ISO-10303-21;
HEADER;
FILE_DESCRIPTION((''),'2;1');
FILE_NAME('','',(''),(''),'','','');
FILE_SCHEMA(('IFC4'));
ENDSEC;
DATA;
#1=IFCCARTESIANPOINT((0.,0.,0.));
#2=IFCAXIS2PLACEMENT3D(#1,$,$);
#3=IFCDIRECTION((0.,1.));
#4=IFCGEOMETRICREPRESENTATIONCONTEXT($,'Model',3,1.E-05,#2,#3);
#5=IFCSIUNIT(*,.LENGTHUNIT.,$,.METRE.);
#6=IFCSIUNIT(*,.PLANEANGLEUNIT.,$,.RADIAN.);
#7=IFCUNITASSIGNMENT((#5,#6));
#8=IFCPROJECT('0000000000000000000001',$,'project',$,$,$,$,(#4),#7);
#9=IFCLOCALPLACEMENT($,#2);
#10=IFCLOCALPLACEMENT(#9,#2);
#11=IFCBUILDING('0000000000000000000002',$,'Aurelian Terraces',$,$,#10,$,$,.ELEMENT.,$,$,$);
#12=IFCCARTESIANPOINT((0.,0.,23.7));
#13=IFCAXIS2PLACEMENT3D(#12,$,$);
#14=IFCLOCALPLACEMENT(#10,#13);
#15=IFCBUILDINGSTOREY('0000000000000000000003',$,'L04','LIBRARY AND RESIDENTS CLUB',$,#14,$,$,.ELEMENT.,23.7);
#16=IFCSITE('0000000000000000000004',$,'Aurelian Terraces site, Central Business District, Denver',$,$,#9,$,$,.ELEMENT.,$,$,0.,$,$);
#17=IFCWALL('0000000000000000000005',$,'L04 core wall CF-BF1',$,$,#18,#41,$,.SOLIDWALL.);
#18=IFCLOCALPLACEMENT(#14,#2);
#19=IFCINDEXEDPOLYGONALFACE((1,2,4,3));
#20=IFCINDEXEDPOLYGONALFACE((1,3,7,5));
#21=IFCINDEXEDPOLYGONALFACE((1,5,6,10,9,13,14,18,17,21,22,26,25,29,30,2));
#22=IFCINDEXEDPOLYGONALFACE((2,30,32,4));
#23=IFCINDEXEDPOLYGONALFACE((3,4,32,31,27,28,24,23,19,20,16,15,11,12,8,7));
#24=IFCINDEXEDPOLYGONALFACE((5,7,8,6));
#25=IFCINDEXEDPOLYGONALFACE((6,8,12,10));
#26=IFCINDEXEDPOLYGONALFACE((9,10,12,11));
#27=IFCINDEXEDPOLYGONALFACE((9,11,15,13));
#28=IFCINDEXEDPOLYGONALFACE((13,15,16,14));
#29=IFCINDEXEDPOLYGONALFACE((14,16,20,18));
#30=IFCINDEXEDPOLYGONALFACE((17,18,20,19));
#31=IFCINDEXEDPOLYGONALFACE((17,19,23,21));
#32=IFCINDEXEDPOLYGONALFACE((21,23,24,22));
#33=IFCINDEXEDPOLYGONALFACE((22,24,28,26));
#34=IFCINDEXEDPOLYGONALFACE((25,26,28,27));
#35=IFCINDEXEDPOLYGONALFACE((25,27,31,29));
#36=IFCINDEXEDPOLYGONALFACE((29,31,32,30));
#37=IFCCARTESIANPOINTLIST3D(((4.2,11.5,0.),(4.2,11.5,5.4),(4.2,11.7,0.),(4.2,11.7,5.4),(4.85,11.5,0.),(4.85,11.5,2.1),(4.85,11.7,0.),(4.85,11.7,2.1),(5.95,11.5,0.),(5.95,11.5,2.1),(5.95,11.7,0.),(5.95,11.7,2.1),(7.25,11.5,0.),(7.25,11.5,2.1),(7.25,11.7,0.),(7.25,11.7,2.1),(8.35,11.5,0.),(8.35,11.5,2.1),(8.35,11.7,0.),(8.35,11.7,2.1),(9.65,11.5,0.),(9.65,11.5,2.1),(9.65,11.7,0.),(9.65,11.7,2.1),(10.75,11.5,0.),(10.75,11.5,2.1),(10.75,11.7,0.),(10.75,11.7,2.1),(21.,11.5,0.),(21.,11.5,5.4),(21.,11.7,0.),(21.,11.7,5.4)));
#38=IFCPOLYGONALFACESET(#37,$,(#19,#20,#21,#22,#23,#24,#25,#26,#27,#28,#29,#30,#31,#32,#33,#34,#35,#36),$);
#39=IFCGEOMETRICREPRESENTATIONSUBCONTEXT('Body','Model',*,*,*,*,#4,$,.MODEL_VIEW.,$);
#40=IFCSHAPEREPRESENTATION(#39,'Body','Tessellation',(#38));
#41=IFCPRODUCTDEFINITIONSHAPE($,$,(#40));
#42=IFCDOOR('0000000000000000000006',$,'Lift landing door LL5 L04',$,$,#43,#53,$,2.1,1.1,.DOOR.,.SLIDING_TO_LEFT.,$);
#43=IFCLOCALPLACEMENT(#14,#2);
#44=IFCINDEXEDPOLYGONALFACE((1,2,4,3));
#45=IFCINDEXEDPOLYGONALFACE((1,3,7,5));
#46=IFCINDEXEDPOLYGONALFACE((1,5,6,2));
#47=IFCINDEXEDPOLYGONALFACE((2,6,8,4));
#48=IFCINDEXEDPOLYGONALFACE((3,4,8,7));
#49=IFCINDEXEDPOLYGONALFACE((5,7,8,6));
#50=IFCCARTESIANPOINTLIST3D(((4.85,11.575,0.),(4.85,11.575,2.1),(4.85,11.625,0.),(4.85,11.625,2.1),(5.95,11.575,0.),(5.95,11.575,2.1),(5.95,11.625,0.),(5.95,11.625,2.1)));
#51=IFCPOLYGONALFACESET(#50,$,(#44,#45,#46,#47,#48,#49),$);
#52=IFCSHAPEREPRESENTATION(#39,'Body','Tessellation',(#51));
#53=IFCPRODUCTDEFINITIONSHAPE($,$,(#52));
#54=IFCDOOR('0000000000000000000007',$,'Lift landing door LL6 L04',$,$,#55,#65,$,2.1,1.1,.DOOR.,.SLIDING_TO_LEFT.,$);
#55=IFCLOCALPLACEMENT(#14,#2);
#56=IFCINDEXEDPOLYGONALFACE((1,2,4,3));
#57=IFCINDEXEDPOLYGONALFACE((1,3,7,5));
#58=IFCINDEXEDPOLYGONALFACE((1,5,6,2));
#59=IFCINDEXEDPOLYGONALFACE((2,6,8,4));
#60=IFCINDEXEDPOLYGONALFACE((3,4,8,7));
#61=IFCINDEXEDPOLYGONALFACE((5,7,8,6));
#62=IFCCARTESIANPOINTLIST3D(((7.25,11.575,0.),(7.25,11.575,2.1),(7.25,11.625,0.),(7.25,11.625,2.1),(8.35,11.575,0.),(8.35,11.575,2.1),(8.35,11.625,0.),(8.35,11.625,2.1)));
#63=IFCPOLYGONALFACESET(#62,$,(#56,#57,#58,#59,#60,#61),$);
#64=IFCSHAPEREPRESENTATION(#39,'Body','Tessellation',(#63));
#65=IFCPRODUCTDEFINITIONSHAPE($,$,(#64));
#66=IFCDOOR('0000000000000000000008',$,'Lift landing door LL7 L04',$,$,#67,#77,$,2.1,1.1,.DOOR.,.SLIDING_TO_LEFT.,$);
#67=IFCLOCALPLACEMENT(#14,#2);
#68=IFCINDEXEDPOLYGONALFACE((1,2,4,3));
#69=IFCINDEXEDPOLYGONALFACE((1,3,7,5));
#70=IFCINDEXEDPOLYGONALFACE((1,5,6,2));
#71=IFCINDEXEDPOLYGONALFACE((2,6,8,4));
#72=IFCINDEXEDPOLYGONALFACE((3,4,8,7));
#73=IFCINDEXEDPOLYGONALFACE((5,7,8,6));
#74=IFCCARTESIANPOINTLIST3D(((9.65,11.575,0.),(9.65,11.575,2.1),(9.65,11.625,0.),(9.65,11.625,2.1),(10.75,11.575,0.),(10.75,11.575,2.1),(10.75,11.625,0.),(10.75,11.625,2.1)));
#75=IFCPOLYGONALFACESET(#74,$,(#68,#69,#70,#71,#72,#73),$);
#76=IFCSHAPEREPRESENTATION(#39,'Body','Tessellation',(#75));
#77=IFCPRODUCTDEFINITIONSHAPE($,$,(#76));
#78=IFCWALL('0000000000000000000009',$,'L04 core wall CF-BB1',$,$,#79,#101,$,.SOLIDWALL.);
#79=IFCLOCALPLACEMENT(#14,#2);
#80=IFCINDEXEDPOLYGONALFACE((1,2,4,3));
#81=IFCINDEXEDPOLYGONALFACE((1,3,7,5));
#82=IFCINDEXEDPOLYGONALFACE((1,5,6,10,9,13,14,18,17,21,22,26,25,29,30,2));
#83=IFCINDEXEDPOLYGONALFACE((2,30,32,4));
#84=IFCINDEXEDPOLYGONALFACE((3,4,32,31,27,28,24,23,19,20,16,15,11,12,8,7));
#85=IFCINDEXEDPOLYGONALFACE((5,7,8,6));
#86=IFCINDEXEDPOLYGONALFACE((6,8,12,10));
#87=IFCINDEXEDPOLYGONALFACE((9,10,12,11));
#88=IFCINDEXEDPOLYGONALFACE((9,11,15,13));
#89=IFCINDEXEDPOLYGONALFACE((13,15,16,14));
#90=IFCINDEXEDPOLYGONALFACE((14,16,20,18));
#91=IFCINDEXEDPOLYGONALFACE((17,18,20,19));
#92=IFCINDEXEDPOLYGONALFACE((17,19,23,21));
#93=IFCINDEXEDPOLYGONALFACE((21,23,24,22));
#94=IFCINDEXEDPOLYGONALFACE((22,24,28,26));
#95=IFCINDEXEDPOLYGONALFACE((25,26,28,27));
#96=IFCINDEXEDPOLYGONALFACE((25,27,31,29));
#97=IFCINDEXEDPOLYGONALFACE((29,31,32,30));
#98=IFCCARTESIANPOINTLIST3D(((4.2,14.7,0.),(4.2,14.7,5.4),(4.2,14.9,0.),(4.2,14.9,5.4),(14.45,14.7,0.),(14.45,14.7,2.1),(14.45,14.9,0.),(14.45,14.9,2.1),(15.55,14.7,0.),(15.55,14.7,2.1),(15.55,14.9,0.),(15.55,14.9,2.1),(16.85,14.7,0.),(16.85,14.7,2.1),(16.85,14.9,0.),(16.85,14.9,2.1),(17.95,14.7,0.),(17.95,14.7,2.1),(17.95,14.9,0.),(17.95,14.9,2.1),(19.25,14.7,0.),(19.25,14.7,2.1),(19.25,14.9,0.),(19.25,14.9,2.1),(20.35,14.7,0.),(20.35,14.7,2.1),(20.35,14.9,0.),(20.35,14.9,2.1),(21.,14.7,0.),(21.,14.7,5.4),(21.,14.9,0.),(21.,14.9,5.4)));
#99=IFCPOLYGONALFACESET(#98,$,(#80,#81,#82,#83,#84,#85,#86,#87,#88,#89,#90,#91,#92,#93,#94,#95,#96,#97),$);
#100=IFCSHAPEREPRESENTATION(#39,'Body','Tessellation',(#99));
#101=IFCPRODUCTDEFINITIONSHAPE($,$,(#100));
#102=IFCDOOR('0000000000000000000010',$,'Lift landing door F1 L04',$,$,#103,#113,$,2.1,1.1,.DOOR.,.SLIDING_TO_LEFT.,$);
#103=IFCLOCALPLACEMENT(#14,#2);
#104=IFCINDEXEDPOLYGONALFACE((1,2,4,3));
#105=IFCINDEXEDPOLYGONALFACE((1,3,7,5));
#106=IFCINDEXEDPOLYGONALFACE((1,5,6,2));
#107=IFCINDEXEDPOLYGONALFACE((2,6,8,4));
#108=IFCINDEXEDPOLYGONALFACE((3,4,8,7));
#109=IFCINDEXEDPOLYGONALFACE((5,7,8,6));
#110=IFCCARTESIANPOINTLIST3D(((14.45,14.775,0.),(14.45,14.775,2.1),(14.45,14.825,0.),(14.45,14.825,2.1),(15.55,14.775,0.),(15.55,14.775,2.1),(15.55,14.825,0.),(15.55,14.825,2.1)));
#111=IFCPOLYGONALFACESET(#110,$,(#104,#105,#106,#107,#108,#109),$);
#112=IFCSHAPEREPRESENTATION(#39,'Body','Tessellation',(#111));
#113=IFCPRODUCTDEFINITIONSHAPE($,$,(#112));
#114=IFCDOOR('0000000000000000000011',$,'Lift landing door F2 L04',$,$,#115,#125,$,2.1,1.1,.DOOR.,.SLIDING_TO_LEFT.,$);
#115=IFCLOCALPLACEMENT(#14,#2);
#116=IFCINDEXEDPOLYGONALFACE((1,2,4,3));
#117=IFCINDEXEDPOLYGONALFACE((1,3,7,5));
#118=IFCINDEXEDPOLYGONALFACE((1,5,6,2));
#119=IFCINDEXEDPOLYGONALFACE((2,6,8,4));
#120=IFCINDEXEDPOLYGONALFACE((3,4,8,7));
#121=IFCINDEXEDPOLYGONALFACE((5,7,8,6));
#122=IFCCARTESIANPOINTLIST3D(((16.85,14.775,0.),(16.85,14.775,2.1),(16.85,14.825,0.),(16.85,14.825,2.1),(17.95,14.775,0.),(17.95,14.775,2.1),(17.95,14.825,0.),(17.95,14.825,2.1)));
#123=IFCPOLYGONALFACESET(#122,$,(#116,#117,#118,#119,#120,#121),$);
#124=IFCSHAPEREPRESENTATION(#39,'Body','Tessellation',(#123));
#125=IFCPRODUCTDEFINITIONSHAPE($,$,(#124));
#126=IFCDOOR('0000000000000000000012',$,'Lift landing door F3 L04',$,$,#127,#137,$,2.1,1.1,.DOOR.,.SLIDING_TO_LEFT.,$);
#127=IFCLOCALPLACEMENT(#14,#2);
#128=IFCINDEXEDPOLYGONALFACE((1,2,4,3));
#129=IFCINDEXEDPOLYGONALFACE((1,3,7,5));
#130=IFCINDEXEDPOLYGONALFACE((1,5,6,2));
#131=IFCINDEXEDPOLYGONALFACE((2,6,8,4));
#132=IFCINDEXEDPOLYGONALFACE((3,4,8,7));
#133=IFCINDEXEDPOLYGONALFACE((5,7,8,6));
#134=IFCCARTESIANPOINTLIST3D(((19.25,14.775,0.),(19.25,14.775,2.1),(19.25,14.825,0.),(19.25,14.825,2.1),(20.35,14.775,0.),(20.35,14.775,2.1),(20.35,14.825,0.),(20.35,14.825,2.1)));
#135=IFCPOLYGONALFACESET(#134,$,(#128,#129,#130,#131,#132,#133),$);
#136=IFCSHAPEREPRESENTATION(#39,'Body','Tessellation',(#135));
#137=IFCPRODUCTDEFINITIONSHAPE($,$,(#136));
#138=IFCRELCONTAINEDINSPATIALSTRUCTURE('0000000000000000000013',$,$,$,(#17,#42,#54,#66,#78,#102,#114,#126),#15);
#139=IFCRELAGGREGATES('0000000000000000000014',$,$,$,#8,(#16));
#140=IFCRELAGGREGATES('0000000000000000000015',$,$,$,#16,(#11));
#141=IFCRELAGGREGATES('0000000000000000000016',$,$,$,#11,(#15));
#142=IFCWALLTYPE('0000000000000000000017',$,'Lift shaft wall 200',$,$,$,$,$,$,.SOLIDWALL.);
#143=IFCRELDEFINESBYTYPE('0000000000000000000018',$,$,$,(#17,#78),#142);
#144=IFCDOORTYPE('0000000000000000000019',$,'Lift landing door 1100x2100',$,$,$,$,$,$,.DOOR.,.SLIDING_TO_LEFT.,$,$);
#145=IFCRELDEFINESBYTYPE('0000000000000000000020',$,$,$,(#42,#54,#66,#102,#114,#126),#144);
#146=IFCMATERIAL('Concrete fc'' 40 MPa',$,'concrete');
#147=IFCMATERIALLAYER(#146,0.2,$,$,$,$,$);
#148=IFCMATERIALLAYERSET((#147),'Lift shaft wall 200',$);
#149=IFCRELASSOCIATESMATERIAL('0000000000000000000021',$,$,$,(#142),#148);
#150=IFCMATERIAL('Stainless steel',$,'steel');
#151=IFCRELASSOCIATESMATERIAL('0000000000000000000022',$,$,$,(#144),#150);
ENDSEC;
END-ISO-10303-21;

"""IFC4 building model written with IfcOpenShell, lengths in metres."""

from ifc_helpers import new_model, si_unit, direction, frame, frame_2d, origin, place, context, subcontext, project, spatial, rectangle, extrude, source, transform, mapped, material, layer, layer_set, type_object, element, fill, save


model = new_model("IFC4")

# Units and contexts
model_context = context("Model", 3, precision=1e-05, world=origin(), true_north=direction((0.0, 1.0)))
body_context = subcontext(model_context, "Body", "Model", "MODEL_VIEW")
ifc_project = project(units=[si_unit("LENGTHUNIT", "METRE"), si_unit("PLANEANGLEUNIT", "RADIAN")], contexts=[model_context])

# Site, building, storey
site_placement = place(None, origin())
site = spatial("IfcSite", under=ifc_project, at=site_placement, Name="Aurelian Terraces site, Central Business District, Denver", CompositionType="ELEMENT", RefElevation=0.0)
building_placement = place(site_placement, origin())
building = spatial("IfcBuilding", under=site, at=building_placement, Name="Aurelian Terraces", CompositionType="ELEMENT")
storey_placement = place(building_placement, frame((0.0, 0.0, 23.7)))
storey = spatial("IfcBuildingStorey", under=building, at=storey_placement, Name="L04", Description="LIBRARY AND RESIDENTS CLUB", CompositionType="ELEMENT", Elevation=23.7)

# Walls, openings, doors
ifc_material_1 = material(Name="Concrete fc' 40 MPa", Category="concrete")
ifc_layer_1 = layer(ifc_material_1, 0.2)
ifc_layer_set_1 = layer_set([ifc_layer_1], Name="Lift shaft wall 200")
wall_type = type_object("IfcWallType", Name="Lift shaft wall 200", PredefinedType="SOLIDWALL", material=ifc_layer_set_1)
shared_shape_1 = source(origin(), body_context, "Body", "SweptSolid", [
    extrude(rectangle(XDim=16.8, YDim=0.2, at=frame_2d((8.4, 0.0))), origin(), (0.0, 0.0, 1.0), 5.4),
])
wall_1_placement = place(storey_placement, frame((4.2, 11.6, 0.0), z_axis=(0.0, 0.0, 1.0), x_axis=(1.0, 0.0, 0.0)))
wall_1 = element("IfcWall", 1, at=wall_1_placement, inside=storey, type_object=wall_type, Name="L04 core wall CF-BF1", PredefinedType="SOLIDWALL", context=body_context, shape_type="MappedRepresentation", body=[
    mapped(shared_shape_1, transform((0.0, 0.0, 0.0), scale=1.0)),
])
shared_shape_2 = source(origin(), body_context, "Body", "SweptSolid", [
    extrude(rectangle(XDim=1.1, YDim=2.1, at=frame_2d((0.55, 1.05))), frame((0.0, 0.11, 0.0), z_axis=(0.0, -1.0, 0.0), x_axis=(1.0, 0.0, 0.0)), (0.0, 0.0, 1.0), 0.22),
])
opening_1_placement = place(wall_1_placement, frame((0.65, 0.0, 0.0)))
opening_1 = element("IfcOpeningElement", 2, at=opening_1_placement, cuts=wall_1, PredefinedType="OPENING", context=body_context, shape_type="MappedRepresentation", body=[
    mapped(shared_shape_2, transform((0.0, 0.0, 0.0), scale=1.0)),
])
opening_2_placement = place(wall_1_placement, frame((3.05, 0.0, 0.0)))
opening_2 = element("IfcOpeningElement", 3, at=opening_2_placement, cuts=wall_1, PredefinedType="OPENING", context=body_context, shape_type="MappedRepresentation", body=[
    mapped(shared_shape_2, transform((0.0, 0.0, 0.0), scale=1.0)),
])
opening_3_placement = place(wall_1_placement, frame((5.45, 0.0, 0.0)))
opening_3 = element("IfcOpeningElement", 4, at=opening_3_placement, cuts=wall_1, PredefinedType="OPENING", context=body_context, shape_type="MappedRepresentation", body=[
    mapped(shared_shape_2, transform((0.0, 0.0, 0.0), scale=1.0)),
])
ifc_material_2 = material(Name="Stainless steel", Category="steel")
door_type = type_object("IfcDoorType", Name="Lift landing door 1100x2100", OperationType="SLIDING_TO_LEFT", PredefinedType="DOOR", material=ifc_material_2)
shared_shape_3 = source(origin(), body_context, "Body", "SweptSolid", [
    extrude(rectangle(XDim=1.1, YDim=2.1, at=frame_2d((0.55, 1.05))), frame((0.0, 0.025, 0.0), z_axis=(0.0, -1.0, 0.0), x_axis=(1.0, 0.0, 0.0)), (0.0, 0.0, 1.0), 0.05),
])
door_1_placement = place(opening_1_placement, origin())
door_1 = element("IfcDoor", 5, at=door_1_placement, inside=storey, type_object=door_type, Name="Lift landing door LL5 L04", OperationType="SLIDING_TO_LEFT", OverallHeight=2.1, OverallWidth=1.1, PredefinedType="DOOR", context=body_context, shape_type="MappedRepresentation", body=[
    mapped(shared_shape_3, transform((0.0, 0.0, 0.0), scale=1.0)),
])
fill(opening_1, door_1)
door_2_placement = place(opening_2_placement, origin())
door_2 = element("IfcDoor", 6, at=door_2_placement, inside=storey, type_object=door_type, Name="Lift landing door LL6 L04", OperationType="SLIDING_TO_LEFT", OverallHeight=2.1, OverallWidth=1.1, PredefinedType="DOOR", context=body_context, shape_type="MappedRepresentation", body=[
    mapped(shared_shape_3, transform((0.0, 0.0, 0.0), scale=1.0)),
])
fill(opening_2, door_2)
door_3_placement = place(opening_3_placement, origin())
door_3 = element("IfcDoor", 7, at=door_3_placement, inside=storey, type_object=door_type, Name="Lift landing door LL7 L04", OperationType="SLIDING_TO_LEFT", OverallHeight=2.1, OverallWidth=1.1, PredefinedType="DOOR", context=body_context, shape_type="MappedRepresentation", body=[
    mapped(shared_shape_3, transform((0.0, 0.0, 0.0), scale=1.0)),
])
fill(opening_3, door_3)
wall_2_placement = place(storey_placement, frame((4.2, 14.8, 0.0), z_axis=(0.0, 0.0, 1.0), x_axis=(1.0, 0.0, 0.0)))
wall_2 = element("IfcWall", 8, at=wall_2_placement, inside=storey, type_object=wall_type, Name="L04 core wall CF-BB1", PredefinedType="SOLIDWALL", context=body_context, shape_type="MappedRepresentation", body=[
    mapped(shared_shape_1, transform((0.0, 0.0, 0.0), scale=1.0)),
])
opening_4_placement = place(wall_2_placement, frame((10.25, 0.0, 0.0)))
opening_4 = element("IfcOpeningElement", 9, at=opening_4_placement, cuts=wall_2, PredefinedType="OPENING", context=body_context, shape_type="MappedRepresentation", body=[
    mapped(shared_shape_2, transform((0.0, 0.0, 0.0), scale=1.0)),
])
opening_5_placement = place(wall_2_placement, frame((12.65, 0.0, 0.0)))
opening_5 = element("IfcOpeningElement", 10, at=opening_5_placement, cuts=wall_2, PredefinedType="OPENING", context=body_context, shape_type="MappedRepresentation", body=[
    mapped(shared_shape_2, transform((0.0, 0.0, 0.0), scale=1.0)),
])
opening_6_placement = place(wall_2_placement, frame((15.05, 0.0, 0.0)))
opening_6 = element("IfcOpeningElement", 11, at=opening_6_placement, cuts=wall_2, PredefinedType="OPENING", context=body_context, shape_type="MappedRepresentation", body=[
    mapped(shared_shape_2, transform((0.0, 0.0, 0.0), scale=1.0)),
])
door_4_placement = place(opening_4_placement, origin())
door_4 = element("IfcDoor", 12, at=door_4_placement, inside=storey, type_object=door_type, Name="Lift landing door F1 L04", OperationType="SLIDING_TO_LEFT", OverallHeight=2.1, OverallWidth=1.1, PredefinedType="DOOR", context=body_context, shape_type="MappedRepresentation", body=[
    mapped(shared_shape_3, transform((0.0, 0.0, 0.0), scale=1.0)),
])
fill(opening_4, door_4)
door_5_placement = place(opening_5_placement, origin())
door_5 = element("IfcDoor", 13, at=door_5_placement, inside=storey, type_object=door_type, Name="Lift landing door F2 L04", OperationType="SLIDING_TO_LEFT", OverallHeight=2.1, OverallWidth=1.1, PredefinedType="DOOR", context=body_context, shape_type="MappedRepresentation", body=[
    mapped(shared_shape_3, transform((0.0, 0.0, 0.0), scale=1.0)),
])
fill(opening_5, door_5)
door_6_placement = place(opening_6_placement, origin())
door_6 = element("IfcDoor", 14, at=door_6_placement, inside=storey, type_object=door_type, Name="Lift landing door F3 L04", OperationType="SLIDING_TO_LEFT", OverallHeight=2.1, OverallWidth=1.1, PredefinedType="DOOR", context=body_context, shape_type="MappedRepresentation", body=[
    mapped(shared_shape_3, transform((0.0, 0.0, 0.0), scale=1.0)),
])
fill(opening_6, door_6)

save(model, "model.ifc")
